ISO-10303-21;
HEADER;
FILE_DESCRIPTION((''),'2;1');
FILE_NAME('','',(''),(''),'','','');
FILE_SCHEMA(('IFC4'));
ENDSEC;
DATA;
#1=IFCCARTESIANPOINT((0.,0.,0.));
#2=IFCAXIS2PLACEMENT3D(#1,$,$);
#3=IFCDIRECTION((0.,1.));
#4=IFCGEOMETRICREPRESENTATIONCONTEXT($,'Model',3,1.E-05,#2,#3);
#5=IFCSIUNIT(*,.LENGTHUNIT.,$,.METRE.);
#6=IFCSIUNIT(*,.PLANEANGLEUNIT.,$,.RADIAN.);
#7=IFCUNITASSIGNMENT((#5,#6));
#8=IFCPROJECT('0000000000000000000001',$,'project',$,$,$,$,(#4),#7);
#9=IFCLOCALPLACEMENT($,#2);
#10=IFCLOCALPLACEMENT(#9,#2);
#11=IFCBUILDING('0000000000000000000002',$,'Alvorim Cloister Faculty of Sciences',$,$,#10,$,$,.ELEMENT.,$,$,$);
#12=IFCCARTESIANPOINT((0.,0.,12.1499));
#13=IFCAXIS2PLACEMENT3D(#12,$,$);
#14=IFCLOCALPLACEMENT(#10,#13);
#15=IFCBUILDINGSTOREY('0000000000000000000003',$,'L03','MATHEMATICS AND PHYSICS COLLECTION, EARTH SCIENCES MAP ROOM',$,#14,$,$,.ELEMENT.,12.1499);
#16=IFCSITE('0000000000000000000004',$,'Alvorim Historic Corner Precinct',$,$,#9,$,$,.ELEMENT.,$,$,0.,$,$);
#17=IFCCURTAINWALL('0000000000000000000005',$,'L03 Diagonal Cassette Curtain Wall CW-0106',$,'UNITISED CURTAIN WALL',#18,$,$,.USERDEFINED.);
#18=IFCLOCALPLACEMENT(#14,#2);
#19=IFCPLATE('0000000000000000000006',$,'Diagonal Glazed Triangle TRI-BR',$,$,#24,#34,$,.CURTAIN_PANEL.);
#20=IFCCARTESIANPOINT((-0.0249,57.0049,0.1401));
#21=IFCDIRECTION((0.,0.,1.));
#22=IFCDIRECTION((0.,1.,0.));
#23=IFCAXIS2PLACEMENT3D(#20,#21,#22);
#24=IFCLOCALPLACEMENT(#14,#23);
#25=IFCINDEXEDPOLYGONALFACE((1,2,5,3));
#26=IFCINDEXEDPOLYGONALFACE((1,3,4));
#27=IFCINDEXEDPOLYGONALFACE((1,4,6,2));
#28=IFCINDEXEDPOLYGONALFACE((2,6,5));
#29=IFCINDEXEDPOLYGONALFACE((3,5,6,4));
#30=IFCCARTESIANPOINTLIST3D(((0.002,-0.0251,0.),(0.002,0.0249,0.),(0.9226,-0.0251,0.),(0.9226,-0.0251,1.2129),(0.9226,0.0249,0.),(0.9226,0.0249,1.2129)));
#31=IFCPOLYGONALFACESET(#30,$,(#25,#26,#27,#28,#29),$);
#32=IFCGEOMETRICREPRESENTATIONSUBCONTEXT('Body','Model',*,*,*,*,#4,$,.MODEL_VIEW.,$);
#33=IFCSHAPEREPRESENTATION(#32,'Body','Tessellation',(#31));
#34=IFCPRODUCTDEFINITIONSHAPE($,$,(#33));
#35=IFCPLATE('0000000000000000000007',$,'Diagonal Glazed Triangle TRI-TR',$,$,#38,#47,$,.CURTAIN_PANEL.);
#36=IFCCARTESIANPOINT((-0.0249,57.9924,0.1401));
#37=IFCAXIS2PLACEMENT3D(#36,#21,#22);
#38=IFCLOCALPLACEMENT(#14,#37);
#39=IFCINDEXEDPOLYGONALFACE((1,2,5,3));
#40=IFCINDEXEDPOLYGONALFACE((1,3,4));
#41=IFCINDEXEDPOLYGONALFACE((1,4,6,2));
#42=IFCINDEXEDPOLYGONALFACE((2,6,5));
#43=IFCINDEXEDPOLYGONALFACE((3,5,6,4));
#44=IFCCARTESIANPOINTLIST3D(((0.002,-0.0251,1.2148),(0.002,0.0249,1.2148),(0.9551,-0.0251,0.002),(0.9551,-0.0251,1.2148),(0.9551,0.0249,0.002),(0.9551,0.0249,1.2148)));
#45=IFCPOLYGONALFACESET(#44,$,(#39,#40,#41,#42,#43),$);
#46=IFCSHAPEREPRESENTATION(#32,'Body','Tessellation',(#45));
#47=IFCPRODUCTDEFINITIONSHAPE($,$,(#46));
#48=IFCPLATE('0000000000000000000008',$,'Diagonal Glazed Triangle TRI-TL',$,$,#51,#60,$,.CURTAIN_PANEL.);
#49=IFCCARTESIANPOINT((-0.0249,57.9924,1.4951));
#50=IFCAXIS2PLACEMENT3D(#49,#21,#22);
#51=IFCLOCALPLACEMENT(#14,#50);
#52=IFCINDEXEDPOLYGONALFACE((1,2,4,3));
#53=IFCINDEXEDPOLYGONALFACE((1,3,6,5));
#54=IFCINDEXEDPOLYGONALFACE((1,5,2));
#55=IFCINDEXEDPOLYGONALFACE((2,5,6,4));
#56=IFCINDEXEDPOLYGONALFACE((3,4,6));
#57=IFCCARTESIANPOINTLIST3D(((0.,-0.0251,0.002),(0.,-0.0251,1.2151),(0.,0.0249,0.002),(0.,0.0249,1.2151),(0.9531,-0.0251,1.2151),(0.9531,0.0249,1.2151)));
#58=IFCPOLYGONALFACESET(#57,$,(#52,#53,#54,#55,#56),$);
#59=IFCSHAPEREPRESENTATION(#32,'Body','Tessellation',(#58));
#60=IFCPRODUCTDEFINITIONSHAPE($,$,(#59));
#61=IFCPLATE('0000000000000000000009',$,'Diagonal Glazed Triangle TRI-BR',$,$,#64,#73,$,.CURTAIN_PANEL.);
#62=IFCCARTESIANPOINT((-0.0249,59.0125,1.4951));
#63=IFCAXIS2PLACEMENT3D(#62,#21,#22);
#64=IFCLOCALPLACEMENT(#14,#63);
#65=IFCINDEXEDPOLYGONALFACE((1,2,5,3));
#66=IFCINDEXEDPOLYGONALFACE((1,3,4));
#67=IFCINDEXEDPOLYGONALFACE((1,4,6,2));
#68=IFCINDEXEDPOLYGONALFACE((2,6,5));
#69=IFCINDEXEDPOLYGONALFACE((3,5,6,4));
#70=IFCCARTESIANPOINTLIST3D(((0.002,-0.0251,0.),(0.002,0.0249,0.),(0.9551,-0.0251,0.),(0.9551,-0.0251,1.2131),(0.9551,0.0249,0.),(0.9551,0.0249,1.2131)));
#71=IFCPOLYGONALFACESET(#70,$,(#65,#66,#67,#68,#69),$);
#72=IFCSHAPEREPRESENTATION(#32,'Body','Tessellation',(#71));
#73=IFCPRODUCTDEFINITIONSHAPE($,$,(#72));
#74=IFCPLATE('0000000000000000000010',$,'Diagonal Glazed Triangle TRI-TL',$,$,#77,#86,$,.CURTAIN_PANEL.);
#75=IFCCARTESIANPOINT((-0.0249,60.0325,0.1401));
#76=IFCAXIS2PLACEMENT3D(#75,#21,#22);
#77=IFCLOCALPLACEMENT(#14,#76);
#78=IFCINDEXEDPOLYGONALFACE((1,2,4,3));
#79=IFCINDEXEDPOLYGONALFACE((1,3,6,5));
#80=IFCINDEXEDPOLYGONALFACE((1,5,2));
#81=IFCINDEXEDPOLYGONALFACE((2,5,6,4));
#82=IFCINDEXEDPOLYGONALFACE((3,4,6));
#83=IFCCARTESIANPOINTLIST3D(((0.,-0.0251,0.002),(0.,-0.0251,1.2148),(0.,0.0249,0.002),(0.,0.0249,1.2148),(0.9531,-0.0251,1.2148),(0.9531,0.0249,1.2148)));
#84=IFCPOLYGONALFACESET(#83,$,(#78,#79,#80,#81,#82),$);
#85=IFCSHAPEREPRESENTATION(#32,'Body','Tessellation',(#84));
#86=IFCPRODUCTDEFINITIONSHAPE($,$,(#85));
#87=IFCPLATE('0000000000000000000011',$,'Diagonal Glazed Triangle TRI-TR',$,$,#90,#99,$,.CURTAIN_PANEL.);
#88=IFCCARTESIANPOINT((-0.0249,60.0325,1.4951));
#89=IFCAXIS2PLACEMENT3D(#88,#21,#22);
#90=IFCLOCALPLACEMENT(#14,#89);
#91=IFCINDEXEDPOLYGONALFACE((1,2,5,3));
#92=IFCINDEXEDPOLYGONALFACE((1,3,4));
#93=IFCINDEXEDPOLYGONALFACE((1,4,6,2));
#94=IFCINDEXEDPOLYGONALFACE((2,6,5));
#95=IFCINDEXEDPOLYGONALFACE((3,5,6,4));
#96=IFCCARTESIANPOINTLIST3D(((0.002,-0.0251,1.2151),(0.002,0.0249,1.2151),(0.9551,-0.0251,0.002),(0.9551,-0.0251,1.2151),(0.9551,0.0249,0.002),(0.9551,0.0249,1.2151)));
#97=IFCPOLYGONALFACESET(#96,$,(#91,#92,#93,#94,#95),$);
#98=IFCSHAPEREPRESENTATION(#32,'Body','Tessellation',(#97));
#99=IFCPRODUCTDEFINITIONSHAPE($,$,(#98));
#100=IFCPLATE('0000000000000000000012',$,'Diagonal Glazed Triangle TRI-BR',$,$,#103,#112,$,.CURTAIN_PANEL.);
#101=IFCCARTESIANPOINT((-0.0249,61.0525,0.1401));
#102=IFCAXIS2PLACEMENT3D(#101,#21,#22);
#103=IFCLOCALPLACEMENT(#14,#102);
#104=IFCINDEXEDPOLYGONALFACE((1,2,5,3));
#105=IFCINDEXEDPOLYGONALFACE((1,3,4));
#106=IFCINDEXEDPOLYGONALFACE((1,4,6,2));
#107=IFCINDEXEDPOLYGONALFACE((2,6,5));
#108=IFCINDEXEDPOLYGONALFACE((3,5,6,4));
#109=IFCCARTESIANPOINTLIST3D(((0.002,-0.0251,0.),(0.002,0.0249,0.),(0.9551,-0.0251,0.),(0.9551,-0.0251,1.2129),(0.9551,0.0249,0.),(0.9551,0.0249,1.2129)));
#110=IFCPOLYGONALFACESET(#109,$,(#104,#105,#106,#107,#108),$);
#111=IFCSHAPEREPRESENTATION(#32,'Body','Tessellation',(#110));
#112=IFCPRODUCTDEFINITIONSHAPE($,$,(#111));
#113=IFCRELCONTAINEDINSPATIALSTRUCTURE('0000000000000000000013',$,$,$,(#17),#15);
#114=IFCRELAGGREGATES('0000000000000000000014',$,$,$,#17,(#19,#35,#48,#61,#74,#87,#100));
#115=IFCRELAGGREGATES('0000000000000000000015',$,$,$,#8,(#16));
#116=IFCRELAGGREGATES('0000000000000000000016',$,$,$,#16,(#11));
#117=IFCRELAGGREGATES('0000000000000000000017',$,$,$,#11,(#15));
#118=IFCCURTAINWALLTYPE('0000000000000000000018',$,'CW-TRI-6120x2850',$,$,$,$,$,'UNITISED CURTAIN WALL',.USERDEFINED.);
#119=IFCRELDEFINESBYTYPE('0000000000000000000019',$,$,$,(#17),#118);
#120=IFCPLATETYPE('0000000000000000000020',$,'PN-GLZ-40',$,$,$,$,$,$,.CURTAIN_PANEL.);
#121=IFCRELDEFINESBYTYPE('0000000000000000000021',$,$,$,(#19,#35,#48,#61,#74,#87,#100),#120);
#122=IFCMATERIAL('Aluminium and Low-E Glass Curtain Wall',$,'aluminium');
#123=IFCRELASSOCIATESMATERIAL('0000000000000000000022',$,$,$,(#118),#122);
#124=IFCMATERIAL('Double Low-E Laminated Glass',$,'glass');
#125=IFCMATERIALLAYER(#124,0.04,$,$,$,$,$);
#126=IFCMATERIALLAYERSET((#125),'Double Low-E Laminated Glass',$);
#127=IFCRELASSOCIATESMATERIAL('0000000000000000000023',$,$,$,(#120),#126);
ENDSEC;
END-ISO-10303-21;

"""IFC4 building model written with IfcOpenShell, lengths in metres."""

from ifc_helpers import new_model, si_unit, direction, frame, origin, place, context, subcontext, project, spatial, polyline, outline, extrude, material, layer, layer_set, type_object, element, aggregate, save


model = new_model("IFC4")

# Units and contexts
model_context = context("Model", 3, precision=1e-05, world=origin(), true_north=direction((0.0, 1.0)))
body_context = subcontext(model_context, "Body", "Model", "MODEL_VIEW")
ifc_project = project(units=[si_unit("LENGTHUNIT", "METRE"), si_unit("PLANEANGLEUNIT", "RADIAN")], contexts=[model_context])

# Site, building, storey
site_placement = place(None, origin())
site = spatial("IfcSite", under=ifc_project, at=site_placement, Name="Alvorim Historic Corner Precinct", CompositionType="ELEMENT", RefElevation=0.0)
building_placement = place(site_placement, origin())
building = spatial("IfcBuilding", under=site, at=building_placement, Name="Alvorim Cloister Faculty of Sciences", CompositionType="ELEMENT")
storey_placement = place(building_placement, frame((0.0, 0.0, 12.1499)))
storey = spatial("IfcBuildingStorey", under=building, at=storey_placement, Name="L03", Description="MATHEMATICS AND PHYSICS COLLECTION, EARTH SCIENCES MAP ROOM", CompositionType="ELEMENT", Elevation=12.1499)

# Curtain wall, plates
ifc_material_1 = material(Name="Aluminium and Low-E Glass Curtain Wall", Category="aluminium")
curtain_wall_type = type_object("IfcCurtainWallType", Name="CW-TRI-6120x2850", ElementType="UNITISED CURTAIN WALL", PredefinedType="USERDEFINED", material=ifc_material_1)
curtain_wall_placement = place(storey_placement, origin())
curtain_wall = element("IfcCurtainWall", 1, at=curtain_wall_placement, inside=storey, type_object=curtain_wall_type, Name="L03 Diagonal Cassette Curtain Wall CW-0106", ObjectType="UNITISED CURTAIN WALL", PredefinedType="USERDEFINED")
ifc_material_2 = material(Name="Double Low-E Laminated Glass", Category="glass")
ifc_layer_1 = layer(ifc_material_2, 0.04)
ifc_layer_set_1 = layer_set([ifc_layer_1], Name="Double Low-E Laminated Glass")
plate_type = type_object("IfcPlateType", Name="PN-GLZ-40", PredefinedType="CURTAIN_PANEL", material=ifc_layer_set_1)
plate_1_placement = place(storey_placement, frame((-0.0249, 57.0049, 0.1401), z_axis=(0.0, 0.0, 1.0), x_axis=(0.0, 1.0, 0.0)))
plate_1 = element("IfcPlate", 2, at=plate_1_placement, type_object=plate_type, Name="Diagonal Glazed Triangle TRI-BR", PredefinedType="CURTAIN_PANEL", context=body_context, shape_type="SweptSolid", body=[
    extrude(outline(polyline([(0.002, 0.0), (0.9226, 0.0), (0.9226, 1.2129), (0.002, 0.0)])), frame((0.0, 0.0249, 0.0), z_axis=(0.0, -1.0, 0.0), x_axis=(1.0, 0.0, 0.0)), (0.0, 0.0, 1.0), 0.05),
])
plate_2_placement = place(storey_placement, frame((-0.0249, 57.9924, 0.1401), z_axis=(0.0, 0.0, 1.0), x_axis=(0.0, 1.0, 0.0)))
plate_2 = element("IfcPlate", 3, at=plate_2_placement, type_object=plate_type, Name="Diagonal Glazed Triangle TRI-TR", PredefinedType="CURTAIN_PANEL", context=body_context, shape_type="SweptSolid", body=[
    extrude(outline(polyline([(0.9551, 0.002), (0.9551, 1.2148), (0.002, 1.2148), (0.9551, 0.002)])), frame((0.0, 0.0249, 0.0), z_axis=(0.0, -1.0, 0.0), x_axis=(1.0, 0.0, 0.0)), (0.0, 0.0, 1.0), 0.05),
])
plate_3_placement = place(storey_placement, frame((-0.0249, 57.9924, 1.4951), z_axis=(0.0, 0.0, 1.0), x_axis=(0.0, 1.0, 0.0)))
plate_3 = element("IfcPlate", 4, at=plate_3_placement, type_object=plate_type, Name="Diagonal Glazed Triangle TRI-TL", PredefinedType="CURTAIN_PANEL", context=body_context, shape_type="SweptSolid", body=[
    extrude(outline(polyline([(0.9531, 1.2151), (0.0, 1.2151), (0.0, 0.002), (0.9531, 1.2151)])), frame((0.0, 0.0249, 0.0), z_axis=(0.0, -1.0, 0.0), x_axis=(1.0, 0.0, 0.0)), (0.0, 0.0, 1.0), 0.05),
])
plate_4_placement = place(storey_placement, frame((-0.0249, 59.0125, 1.4951), z_axis=(0.0, 0.0, 1.0), x_axis=(0.0, 1.0, 0.0)))
plate_4 = element("IfcPlate", 5, at=plate_4_placement, type_object=plate_type, Name="Diagonal Glazed Triangle TRI-BR", PredefinedType="CURTAIN_PANEL", context=body_context, shape_type="SweptSolid", body=[
    extrude(outline(polyline([(0.002, 0.0), (0.9551, 0.0), (0.9551, 1.2131), (0.002, 0.0)])), frame((0.0, 0.0249, 0.0), z_axis=(0.0, -1.0, 0.0), x_axis=(1.0, 0.0, 0.0)), (0.0, 0.0, 1.0), 0.05),
])
plate_5_placement = place(storey_placement, frame((-0.0249, 60.0325, 0.1401), z_axis=(0.0, 0.0, 1.0), x_axis=(0.0, 1.0, 0.0)))
plate_5 = element("IfcPlate", 6, at=plate_5_placement, type_object=plate_type, Name="Diagonal Glazed Triangle TRI-TL", PredefinedType="CURTAIN_PANEL", context=body_context, shape_type="SweptSolid", body=[
    extrude(outline(polyline([(0.9531, 1.2148), (0.0, 1.2148), (0.0, 0.002), (0.9531, 1.2148)])), frame((0.0, 0.0249, 0.0), z_axis=(0.0, -1.0, 0.0), x_axis=(1.0, 0.0, 0.0)), (0.0, 0.0, 1.0), 0.05),
])
plate_6_placement = place(storey_placement, frame((-0.0249, 60.0325, 1.4951), z_axis=(0.0, 0.0, 1.0), x_axis=(0.0, 1.0, 0.0)))
plate_6 = element("IfcPlate", 7, at=plate_6_placement, type_object=plate_type, Name="Diagonal Glazed Triangle TRI-TR", PredefinedType="CURTAIN_PANEL", context=body_context, shape_type="SweptSolid", body=[
    extrude(outline(polyline([(0.9551, 0.002), (0.9551, 1.2151), (0.002, 1.2151), (0.9551, 0.002)])), frame((0.0, 0.0249, 0.0), z_axis=(0.0, -1.0, 0.0), x_axis=(1.0, 0.0, 0.0)), (0.0, 0.0, 1.0), 0.05),
])
plate_7_placement = place(storey_placement, frame((-0.0249, 61.0525, 0.1401), z_axis=(0.0, 0.0, 1.0), x_axis=(0.0, 1.0, 0.0)))
plate_7 = element("IfcPlate", 8, at=plate_7_placement, type_object=plate_type, Name="Diagonal Glazed Triangle TRI-BR", PredefinedType="CURTAIN_PANEL", context=body_context, shape_type="SweptSolid", body=[
    extrude(outline(polyline([(0.002, 0.0), (0.9551, 0.0), (0.9551, 1.2129), (0.002, 0.0)])), frame((0.0, 0.0249, 0.0), z_axis=(0.0, -1.0, 0.0), x_axis=(1.0, 0.0, 0.0)), (0.0, 0.0, 1.0), 0.05),
])
aggregate(curtain_wall, [plate_1, plate_2, plate_3, plate_4, plate_5, plate_6, plate_7])

save(model, "model.ifc")
